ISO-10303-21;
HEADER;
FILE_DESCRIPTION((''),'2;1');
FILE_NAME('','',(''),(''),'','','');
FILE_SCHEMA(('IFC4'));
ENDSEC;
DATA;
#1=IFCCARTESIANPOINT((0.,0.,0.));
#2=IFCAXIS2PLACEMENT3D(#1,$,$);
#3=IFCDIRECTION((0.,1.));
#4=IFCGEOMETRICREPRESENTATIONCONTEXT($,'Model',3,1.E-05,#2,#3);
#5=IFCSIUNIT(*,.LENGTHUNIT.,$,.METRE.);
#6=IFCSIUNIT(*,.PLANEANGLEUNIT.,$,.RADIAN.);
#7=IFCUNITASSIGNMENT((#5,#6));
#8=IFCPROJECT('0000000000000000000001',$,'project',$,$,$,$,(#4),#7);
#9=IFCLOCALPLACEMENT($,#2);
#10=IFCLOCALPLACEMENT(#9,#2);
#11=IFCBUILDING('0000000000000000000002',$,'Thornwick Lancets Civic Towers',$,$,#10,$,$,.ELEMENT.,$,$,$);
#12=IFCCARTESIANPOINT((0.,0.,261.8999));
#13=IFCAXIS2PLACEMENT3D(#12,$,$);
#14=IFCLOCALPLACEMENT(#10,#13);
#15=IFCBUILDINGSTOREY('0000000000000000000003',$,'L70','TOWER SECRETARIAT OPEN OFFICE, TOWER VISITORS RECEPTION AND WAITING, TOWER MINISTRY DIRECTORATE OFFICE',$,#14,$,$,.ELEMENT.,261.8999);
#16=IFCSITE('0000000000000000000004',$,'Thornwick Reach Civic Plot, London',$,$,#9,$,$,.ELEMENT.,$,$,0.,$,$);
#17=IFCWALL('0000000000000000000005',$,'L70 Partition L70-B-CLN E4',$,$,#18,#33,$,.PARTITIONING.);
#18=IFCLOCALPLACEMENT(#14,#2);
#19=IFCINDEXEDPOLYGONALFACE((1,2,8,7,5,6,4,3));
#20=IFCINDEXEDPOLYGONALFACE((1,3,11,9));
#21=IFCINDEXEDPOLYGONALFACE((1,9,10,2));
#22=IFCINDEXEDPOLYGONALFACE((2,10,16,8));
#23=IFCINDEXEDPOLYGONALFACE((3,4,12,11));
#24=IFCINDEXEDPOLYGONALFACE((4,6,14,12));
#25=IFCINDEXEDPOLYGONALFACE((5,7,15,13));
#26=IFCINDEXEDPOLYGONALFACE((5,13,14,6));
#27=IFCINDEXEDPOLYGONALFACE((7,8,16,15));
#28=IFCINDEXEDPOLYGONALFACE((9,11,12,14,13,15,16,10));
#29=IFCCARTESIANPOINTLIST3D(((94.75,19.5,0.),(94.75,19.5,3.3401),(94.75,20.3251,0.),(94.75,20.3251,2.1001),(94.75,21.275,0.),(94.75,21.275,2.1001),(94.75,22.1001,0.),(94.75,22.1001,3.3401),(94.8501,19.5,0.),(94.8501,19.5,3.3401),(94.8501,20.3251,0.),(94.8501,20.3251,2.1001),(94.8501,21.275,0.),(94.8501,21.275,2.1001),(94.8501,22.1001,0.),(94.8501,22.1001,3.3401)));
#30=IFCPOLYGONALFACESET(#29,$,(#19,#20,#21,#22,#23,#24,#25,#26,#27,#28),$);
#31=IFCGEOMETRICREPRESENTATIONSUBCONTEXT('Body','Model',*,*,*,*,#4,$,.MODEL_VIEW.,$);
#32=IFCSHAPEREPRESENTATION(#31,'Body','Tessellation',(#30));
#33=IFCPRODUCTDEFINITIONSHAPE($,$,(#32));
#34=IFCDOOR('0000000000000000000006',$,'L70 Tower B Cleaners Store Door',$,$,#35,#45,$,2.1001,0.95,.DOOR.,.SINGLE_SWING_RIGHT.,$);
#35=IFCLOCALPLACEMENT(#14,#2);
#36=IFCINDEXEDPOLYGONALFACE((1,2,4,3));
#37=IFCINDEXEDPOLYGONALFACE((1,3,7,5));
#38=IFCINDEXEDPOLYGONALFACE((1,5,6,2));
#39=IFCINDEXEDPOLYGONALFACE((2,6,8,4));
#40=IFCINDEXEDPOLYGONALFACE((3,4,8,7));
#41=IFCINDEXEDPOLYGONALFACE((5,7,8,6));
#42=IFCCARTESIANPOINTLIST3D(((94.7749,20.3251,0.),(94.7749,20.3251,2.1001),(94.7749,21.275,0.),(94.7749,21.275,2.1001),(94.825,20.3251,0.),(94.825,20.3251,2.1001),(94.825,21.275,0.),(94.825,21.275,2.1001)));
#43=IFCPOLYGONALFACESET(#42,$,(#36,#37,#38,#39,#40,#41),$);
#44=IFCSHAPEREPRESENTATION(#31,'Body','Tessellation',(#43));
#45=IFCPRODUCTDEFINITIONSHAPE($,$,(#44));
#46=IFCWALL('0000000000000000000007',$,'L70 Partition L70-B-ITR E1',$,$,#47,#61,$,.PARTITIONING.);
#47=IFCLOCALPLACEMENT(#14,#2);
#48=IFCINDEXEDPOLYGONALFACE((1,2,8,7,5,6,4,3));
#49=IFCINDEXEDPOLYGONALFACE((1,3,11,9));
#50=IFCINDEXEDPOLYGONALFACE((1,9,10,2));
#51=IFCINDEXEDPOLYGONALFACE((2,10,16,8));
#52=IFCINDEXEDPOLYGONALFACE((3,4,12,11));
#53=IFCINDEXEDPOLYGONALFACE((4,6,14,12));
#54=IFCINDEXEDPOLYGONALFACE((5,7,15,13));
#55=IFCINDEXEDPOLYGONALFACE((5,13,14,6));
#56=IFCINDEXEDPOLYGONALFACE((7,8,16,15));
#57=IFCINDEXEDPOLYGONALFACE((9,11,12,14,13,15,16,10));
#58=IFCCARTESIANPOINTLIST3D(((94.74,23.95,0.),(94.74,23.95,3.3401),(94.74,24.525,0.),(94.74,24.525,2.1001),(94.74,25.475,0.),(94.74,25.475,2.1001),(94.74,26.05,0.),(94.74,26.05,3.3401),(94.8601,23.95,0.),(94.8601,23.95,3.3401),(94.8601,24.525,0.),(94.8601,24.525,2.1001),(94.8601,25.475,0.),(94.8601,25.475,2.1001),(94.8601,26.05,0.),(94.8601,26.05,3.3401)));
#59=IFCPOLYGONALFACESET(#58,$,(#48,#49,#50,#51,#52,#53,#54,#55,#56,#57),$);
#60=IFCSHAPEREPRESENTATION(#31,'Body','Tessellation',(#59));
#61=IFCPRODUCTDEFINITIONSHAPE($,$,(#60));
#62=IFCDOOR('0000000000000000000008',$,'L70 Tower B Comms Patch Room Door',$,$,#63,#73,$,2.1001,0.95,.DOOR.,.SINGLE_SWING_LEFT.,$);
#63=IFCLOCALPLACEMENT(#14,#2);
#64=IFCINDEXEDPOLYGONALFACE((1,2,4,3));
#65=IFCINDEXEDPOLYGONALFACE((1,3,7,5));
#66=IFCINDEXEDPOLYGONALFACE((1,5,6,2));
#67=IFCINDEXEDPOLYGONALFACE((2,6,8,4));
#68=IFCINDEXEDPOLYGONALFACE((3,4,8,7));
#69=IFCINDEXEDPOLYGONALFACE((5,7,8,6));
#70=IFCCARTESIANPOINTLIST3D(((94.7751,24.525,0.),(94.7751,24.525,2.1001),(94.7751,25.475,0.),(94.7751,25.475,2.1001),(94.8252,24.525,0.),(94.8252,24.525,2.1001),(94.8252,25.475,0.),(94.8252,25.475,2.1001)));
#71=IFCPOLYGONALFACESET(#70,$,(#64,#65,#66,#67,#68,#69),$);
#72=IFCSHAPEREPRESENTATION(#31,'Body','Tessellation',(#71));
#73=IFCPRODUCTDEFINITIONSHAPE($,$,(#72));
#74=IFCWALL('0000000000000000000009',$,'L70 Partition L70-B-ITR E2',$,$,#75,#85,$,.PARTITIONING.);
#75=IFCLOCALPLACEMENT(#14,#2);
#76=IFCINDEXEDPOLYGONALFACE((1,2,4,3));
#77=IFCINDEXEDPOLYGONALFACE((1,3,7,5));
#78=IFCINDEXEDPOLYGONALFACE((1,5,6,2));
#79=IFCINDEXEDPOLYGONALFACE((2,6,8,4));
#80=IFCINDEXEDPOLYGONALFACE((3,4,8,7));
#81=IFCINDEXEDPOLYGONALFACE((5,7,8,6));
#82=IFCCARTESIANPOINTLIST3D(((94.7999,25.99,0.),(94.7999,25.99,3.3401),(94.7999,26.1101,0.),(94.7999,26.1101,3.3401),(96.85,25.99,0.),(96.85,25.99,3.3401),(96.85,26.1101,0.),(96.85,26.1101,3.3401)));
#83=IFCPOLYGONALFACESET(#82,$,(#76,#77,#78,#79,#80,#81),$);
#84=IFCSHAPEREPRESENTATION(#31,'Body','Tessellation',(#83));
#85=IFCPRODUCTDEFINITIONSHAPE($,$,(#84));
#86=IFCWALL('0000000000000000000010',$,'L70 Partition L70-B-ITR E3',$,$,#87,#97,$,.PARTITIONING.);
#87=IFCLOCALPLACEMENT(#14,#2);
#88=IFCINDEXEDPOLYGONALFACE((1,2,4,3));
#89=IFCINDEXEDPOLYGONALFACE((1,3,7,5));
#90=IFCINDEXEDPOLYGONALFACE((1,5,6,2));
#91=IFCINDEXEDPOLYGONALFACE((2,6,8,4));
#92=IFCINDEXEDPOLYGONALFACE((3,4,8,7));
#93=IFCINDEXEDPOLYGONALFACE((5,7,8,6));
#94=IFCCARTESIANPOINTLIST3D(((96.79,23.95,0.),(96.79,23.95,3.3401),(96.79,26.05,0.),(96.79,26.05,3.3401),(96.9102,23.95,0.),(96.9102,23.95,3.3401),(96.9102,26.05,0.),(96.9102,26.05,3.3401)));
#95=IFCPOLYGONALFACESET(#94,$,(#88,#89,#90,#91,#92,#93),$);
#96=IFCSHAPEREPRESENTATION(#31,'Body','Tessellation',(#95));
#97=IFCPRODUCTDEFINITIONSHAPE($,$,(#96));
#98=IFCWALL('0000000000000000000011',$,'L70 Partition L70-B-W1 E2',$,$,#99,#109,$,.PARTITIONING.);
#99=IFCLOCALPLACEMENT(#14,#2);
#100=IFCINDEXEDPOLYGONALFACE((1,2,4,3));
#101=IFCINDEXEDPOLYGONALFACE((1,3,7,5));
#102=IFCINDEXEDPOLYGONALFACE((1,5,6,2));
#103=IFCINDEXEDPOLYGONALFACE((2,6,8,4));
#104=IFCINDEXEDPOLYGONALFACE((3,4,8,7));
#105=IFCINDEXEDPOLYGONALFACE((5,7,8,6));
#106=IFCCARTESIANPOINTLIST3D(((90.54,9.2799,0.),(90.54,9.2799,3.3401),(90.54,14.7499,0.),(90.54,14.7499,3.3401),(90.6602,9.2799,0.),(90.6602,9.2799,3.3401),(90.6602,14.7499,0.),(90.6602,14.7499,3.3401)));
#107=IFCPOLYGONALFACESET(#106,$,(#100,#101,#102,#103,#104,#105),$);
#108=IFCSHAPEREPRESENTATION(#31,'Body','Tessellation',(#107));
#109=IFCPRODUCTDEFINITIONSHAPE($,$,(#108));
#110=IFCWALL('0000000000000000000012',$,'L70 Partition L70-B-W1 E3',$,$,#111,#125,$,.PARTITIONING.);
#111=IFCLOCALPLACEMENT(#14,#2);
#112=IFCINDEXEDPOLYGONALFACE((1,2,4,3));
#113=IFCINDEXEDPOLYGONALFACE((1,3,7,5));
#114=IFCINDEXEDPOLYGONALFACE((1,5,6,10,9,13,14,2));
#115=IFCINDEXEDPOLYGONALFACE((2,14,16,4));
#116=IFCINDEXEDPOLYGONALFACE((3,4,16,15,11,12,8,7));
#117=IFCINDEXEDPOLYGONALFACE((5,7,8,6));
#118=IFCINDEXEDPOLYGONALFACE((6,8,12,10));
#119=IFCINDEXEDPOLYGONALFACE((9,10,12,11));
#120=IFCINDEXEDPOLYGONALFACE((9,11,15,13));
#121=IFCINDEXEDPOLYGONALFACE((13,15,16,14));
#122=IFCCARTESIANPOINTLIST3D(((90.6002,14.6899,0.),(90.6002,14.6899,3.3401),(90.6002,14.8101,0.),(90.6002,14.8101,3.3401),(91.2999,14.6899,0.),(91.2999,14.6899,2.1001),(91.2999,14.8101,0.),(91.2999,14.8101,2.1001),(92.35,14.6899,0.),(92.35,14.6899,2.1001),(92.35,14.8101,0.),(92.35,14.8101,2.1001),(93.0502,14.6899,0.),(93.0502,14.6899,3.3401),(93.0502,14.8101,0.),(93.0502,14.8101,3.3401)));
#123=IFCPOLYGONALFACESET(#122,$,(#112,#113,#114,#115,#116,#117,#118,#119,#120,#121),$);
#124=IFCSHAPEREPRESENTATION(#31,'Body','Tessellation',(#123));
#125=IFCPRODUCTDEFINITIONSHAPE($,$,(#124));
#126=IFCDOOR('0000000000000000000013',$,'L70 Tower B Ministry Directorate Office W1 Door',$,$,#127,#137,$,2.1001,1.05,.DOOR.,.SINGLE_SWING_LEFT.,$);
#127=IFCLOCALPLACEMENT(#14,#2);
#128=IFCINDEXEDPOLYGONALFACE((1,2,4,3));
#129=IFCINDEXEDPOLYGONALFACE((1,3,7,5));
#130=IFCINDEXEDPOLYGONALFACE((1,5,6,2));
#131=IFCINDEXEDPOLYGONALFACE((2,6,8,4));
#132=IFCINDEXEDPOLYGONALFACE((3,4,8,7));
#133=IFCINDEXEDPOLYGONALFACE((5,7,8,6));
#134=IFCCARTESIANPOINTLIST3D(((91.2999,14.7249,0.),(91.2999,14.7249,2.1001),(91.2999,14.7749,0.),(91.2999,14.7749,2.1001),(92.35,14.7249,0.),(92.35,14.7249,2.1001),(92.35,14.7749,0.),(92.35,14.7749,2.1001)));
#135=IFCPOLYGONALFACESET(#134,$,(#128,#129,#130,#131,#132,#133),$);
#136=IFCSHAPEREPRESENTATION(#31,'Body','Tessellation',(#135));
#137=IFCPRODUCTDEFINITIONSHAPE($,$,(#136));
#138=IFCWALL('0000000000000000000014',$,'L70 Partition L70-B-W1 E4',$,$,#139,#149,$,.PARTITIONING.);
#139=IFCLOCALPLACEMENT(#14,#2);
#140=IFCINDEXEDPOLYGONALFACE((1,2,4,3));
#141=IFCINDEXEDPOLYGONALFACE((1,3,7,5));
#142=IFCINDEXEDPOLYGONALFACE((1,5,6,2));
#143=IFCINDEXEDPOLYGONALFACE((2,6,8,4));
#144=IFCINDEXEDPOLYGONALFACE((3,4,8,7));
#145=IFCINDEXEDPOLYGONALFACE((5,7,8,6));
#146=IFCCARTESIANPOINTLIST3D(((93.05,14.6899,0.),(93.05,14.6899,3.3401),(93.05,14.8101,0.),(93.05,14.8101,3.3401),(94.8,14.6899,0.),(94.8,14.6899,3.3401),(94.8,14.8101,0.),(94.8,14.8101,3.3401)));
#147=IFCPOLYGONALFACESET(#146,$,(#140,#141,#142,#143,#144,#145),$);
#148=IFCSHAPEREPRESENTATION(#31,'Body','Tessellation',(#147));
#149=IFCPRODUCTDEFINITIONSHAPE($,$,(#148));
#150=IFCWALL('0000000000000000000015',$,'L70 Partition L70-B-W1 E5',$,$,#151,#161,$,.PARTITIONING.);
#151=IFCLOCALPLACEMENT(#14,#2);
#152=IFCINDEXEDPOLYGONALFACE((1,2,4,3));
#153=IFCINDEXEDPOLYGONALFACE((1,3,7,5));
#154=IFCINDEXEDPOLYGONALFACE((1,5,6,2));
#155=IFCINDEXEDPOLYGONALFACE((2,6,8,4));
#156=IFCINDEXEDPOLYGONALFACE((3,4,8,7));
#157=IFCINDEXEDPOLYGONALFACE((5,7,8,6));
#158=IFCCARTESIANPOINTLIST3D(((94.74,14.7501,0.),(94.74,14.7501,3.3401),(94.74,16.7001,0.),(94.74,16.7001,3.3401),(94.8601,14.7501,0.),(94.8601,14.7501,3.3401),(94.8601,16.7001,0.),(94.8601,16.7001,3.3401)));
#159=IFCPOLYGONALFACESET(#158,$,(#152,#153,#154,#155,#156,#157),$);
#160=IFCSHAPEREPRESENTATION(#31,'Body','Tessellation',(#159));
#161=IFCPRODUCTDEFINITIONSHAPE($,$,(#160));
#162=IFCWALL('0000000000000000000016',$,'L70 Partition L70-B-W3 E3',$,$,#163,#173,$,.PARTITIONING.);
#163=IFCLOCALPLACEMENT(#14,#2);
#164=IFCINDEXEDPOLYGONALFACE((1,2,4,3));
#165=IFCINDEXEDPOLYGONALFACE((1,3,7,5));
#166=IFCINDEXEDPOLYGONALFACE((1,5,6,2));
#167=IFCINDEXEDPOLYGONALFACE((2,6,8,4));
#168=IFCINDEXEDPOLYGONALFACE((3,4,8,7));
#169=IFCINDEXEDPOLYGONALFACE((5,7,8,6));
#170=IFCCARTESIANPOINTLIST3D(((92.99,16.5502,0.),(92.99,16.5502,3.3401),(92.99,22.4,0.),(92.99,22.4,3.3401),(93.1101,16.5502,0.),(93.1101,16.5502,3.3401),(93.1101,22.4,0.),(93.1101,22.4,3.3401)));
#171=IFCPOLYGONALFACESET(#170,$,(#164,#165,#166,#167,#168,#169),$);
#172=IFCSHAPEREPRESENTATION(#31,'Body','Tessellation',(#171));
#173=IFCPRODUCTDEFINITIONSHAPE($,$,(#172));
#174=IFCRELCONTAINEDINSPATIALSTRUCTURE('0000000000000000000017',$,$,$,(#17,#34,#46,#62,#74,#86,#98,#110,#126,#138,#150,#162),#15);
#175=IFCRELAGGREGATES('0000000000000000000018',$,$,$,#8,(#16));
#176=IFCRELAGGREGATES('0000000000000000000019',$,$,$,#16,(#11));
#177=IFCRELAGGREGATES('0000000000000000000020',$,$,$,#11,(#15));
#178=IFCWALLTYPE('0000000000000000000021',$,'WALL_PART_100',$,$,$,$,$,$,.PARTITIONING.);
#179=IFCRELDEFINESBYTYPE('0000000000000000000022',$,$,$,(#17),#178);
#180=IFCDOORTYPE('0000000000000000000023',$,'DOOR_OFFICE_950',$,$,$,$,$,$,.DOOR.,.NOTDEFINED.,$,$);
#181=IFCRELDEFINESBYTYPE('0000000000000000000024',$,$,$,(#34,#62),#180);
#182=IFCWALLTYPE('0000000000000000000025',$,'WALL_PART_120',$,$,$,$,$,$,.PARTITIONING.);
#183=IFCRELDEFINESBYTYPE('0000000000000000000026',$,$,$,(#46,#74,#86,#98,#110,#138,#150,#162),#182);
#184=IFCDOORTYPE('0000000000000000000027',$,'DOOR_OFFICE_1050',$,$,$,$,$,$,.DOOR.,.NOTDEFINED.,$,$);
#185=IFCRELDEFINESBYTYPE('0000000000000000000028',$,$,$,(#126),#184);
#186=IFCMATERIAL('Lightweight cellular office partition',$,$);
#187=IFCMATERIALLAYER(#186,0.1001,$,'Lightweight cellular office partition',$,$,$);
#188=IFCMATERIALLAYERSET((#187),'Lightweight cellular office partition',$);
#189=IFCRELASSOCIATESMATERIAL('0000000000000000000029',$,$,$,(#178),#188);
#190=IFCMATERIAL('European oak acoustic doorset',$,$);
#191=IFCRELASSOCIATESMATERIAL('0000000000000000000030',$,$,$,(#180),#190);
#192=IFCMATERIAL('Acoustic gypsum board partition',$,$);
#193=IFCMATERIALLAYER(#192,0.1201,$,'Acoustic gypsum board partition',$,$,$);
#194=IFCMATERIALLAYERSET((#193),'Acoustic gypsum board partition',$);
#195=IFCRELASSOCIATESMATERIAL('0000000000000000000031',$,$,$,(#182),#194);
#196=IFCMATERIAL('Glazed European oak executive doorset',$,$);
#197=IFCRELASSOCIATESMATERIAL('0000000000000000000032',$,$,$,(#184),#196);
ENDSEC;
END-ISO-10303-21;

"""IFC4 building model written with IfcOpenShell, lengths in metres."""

from ifc_helpers import new_model, si_unit, direction, frame, frame_2d, origin, place, context, subcontext, project, spatial, rectangle, extrude, material, layer, layer_set, type_object, element, fill, save


model = new_model("IFC4")

# Units and contexts
model_context = context("Model", 3, precision=1e-05, world=origin(), true_north=direction((0.0, 1.0)))
body_context = subcontext(model_context, "Body", "Model", "MODEL_VIEW")
ifc_project = project(units=[si_unit("LENGTHUNIT", "METRE"), si_unit("PLANEANGLEUNIT", "RADIAN")], contexts=[model_context])

# Site, building, storey
site_placement = place(None, origin())
site = spatial("IfcSite", under=ifc_project, at=site_placement, Name="Thornwick Reach Civic Plot, London", CompositionType="ELEMENT", RefElevation=0.0)
building_placement = place(site_placement, origin())
building = spatial("IfcBuilding", under=site, at=building_placement, Name="Thornwick Lancets Civic Towers", CompositionType="ELEMENT")
storey_placement = place(building_placement, frame((0.0, 0.0, 261.8999)))
storey = spatial("IfcBuildingStorey", under=building, at=storey_placement, Name="L70", Description="TOWER SECRETARIAT OPEN OFFICE, TOWER VISITORS RECEPTION AND WAITING, TOWER MINISTRY DIRECTORATE OFFICE", CompositionType="ELEMENT", Elevation=261.8999)

# Shared definitions
ifc_material_1 = material(Name="Lightweight cellular office partition")
ifc_layer_1 = layer(ifc_material_1, 0.1001, Name="Lightweight cellular office partition")
ifc_layer_set_1 = layer_set([ifc_layer_1], Name="Lightweight cellular office partition")
wall_type_1 = type_object("IfcWallType", Name="WALL_PART_100", PredefinedType="PARTITIONING", material=ifc_layer_set_1)

# Walls, openings, doors
wall_1_placement = place(storey_placement, frame((94.8, 22.1001, 0.0), z_axis=(0.0, 0.0, 1.0), x_axis=(0.0, -1.0, 0.0)))
wall_1 = element("IfcWall", 1, at=wall_1_placement, inside=storey, type_object=wall_type_1, Name="L70 Partition L70-B-CLN E4", PredefinedType="PARTITIONING", context=body_context, shape_type="SweptSolid", body=[
    extrude(rectangle(XDim=2.6001, YDim=0.1001, at=frame_2d((1.3, 0.0))), origin(), (0.0, 0.0, 1.0), 3.3401),
])
opening_1_placement = place(wall_1_placement, frame((0.825, 0.0, 0.0)))
opening_1 = element("IfcOpeningElement", 2, at=opening_1_placement, cuts=wall_1, PredefinedType="OPENING", context=body_context, shape_type="SweptSolid", body=[
    extrude(rectangle(XDim=0.95, YDim=2.1001, at=frame_2d((0.4751, 1.05))), frame((0.0, 0.0601, 0.0), z_axis=(0.0, -1.0, 0.0), x_axis=(1.0, 0.0, 0.0)), (0.0, 0.0, 1.0), 0.1201),
])
ifc_material_2 = material(Name="European oak acoustic doorset")
door_type_1 = type_object("IfcDoorType", Name="DOOR_OFFICE_950", OperationType="NOTDEFINED", PredefinedType="DOOR", material=ifc_material_2)
door_1_placement = place(opening_1_placement, origin())
door_1 = element("IfcDoor", 3, at=door_1_placement, inside=storey, type_object=door_type_1, Name="L70 Tower B Cleaners Store Door", OperationType="SINGLE_SWING_RIGHT", OverallHeight=2.1001, OverallWidth=0.95, PredefinedType="DOOR", context=body_context, shape_type="SweptSolid", body=[
    extrude(rectangle(XDim=0.95, YDim=2.1001, at=frame_2d((0.4751, 1.05))), frame((0.0, 0.0249, 0.0), z_axis=(0.0, -1.0, 0.0), x_axis=(1.0, 0.0, 0.0)), (0.0, 0.0, 1.0), 0.05),
])
fill(opening_1, door_1)
ifc_material_3 = material(Name="Acoustic gypsum board partition")
ifc_layer_2 = layer(ifc_material_3, 0.1201, Name="Acoustic gypsum board partition")
ifc_layer_set_2 = layer_set([ifc_layer_2], Name="Acoustic gypsum board partition")
wall_type_2 = type_object("IfcWallType", Name="WALL_PART_120", PredefinedType="PARTITIONING", material=ifc_layer_set_2)
wall_2_placement = place(storey_placement, frame((94.8, 23.95, 0.0), z_axis=(0.0, 0.0, 1.0), x_axis=(0.0, 1.0, 0.0)))
wall_2 = element("IfcWall", 4, at=wall_2_placement, inside=storey, type_object=wall_type_2, Name="L70 Partition L70-B-ITR E1", PredefinedType="PARTITIONING", context=body_context, shape_type="SweptSolid", body=[
    extrude(rectangle(XDim=2.1001, YDim=0.1201, at=frame_2d((1.05, 0.0))), origin(), (0.0, 0.0, 1.0), 3.3401),
])
opening_2_placement = place(wall_2_placement, frame((0.575, 0.0, 0.0)))
opening_2 = element("IfcOpeningElement", 5, at=opening_2_placement, cuts=wall_2, PredefinedType="OPENING", context=body_context, shape_type="SweptSolid", body=[
    extrude(rectangle(XDim=0.95, YDim=2.1001, at=frame_2d((0.4751, 1.05))), frame((0.0, 0.0701, 0.0), z_axis=(0.0, -1.0, 0.0), x_axis=(1.0, 0.0, 0.0)), (0.0, 0.0, 1.0), 0.1401),
])
door_2_placement = place(opening_2_placement, origin())
door_2 = element("IfcDoor", 6, at=door_2_placement, inside=storey, type_object=door_type_1, Name="L70 Tower B Comms Patch Room Door", OperationType="SINGLE_SWING_LEFT", OverallHeight=2.1001, OverallWidth=0.95, PredefinedType="DOOR", context=body_context, shape_type="SweptSolid", body=[
    extrude(rectangle(XDim=0.95, YDim=2.1001, at=frame_2d((0.4751, 1.05))), frame((0.0, 0.0249, 0.0), z_axis=(0.0, -1.0, 0.0), x_axis=(1.0, 0.0, 0.0)), (0.0, 0.0, 1.0), 0.05),
])
fill(opening_2, door_2)

# Walls
wall_3_placement = place(storey_placement, frame((94.8, 26.05, 0.0), z_axis=(0.0, 0.0, 1.0), x_axis=(1.0, 0.0, 0.0)))
element("IfcWall", 7, at=wall_3_placement, inside=storey, type_object=wall_type_2, Name="L70 Partition L70-B-ITR E2", PredefinedType="PARTITIONING", context=body_context, shape_type="SweptSolid", body=[
    extrude(rectangle(XDim=2.05, YDim=0.1201, at=frame_2d((1.0249, 0.0))), origin(), (0.0, 0.0, 1.0), 3.3401),
])
wall_4_placement = place(storey_placement, frame((96.8501, 26.05, 0.0), z_axis=(0.0, 0.0, 1.0), x_axis=(0.0, -1.0, 0.0)))
element("IfcWall", 8, at=wall_4_placement, inside=storey, type_object=wall_type_2, Name="L70 Partition L70-B-ITR E3", PredefinedType="PARTITIONING", context=body_context, shape_type="SweptSolid", body=[
    extrude(rectangle(XDim=2.1001, YDim=0.1201, at=frame_2d((1.05, 0.0))), origin(), (0.0, 0.0, 1.0), 3.3401),
])
wall_5_placement = place(storey_placement, frame((90.6001, 9.28, 0.0), z_axis=(0.0, 0.0, 1.0), x_axis=(0.0, 1.0, 0.0)))
element("IfcWall", 9, at=wall_5_placement, inside=storey, type_object=wall_type_2, Name="L70 Partition L70-B-W1 E2", PredefinedType="PARTITIONING", context=body_context, shape_type="SweptSolid", body=[
    extrude(rectangle(XDim=5.47, YDim=0.1201, at=frame_2d((2.7349, 0.0))), origin(), (0.0, 0.0, 1.0), 3.3401),
])

# Wall, opening, door
wall_6_placement = place(storey_placement, frame((90.6001, 14.75, 0.0), z_axis=(0.0, 0.0, 1.0), x_axis=(1.0, 0.0, 0.0)))
wall_6 = element("IfcWall", 10, at=wall_6_placement, inside=storey, type_object=wall_type_2, Name="L70 Partition L70-B-W1 E3", PredefinedType="PARTITIONING", context=body_context, shape_type="SweptSolid", body=[
    extrude(rectangle(XDim=2.45, YDim=0.1201, at=frame_2d((1.2251, 0.0))), origin(), (0.0, 0.0, 1.0), 3.3401),
])
opening_3_placement = place(wall_6_placement, frame((0.7, 0.0, 0.0)))
opening_3 = element("IfcOpeningElement", 11, at=opening_3_placement, cuts=wall_6, PredefinedType="OPENING", context=body_context, shape_type="SweptSolid", body=[
    extrude(rectangle(XDim=1.05, YDim=2.1001, at=frame_2d((0.5249, 1.05))), frame((0.0, 0.0701, 0.0), z_axis=(0.0, -1.0, 0.0), x_axis=(1.0, 0.0, 0.0)), (0.0, 0.0, 1.0), 0.1401),
])
ifc_material_4 = material(Name="Glazed European oak executive doorset")
door_type_2 = type_object("IfcDoorType", Name="DOOR_OFFICE_1050", OperationType="NOTDEFINED", PredefinedType="DOOR", material=ifc_material_4)
door_3_placement = place(opening_3_placement, origin())
door_3 = element("IfcDoor", 12, at=door_3_placement, inside=storey, type_object=door_type_2, Name="L70 Tower B Ministry Directorate Office W1 Door", OperationType="SINGLE_SWING_LEFT", OverallHeight=2.1001, OverallWidth=1.05, PredefinedType="DOOR", context=body_context, shape_type="SweptSolid", body=[
    extrude(rectangle(XDim=1.05, YDim=2.1001, at=frame_2d((0.5249, 1.05))), frame((0.0, 0.0249, 0.0), z_axis=(0.0, -1.0, 0.0), x_axis=(1.0, 0.0, 0.0)), (0.0, 0.0, 1.0), 0.05),
])
fill(opening_3, door_3)

# Walls
wall_7_placement = place(storey_placement, frame((93.05, 14.75, 0.0), z_axis=(0.0, 0.0, 1.0), x_axis=(1.0, 0.0, 0.0)))
element("IfcWall", 13, at=wall_7_placement, inside=storey, type_object=wall_type_2, Name="L70 Partition L70-B-W1 E4", PredefinedType="PARTITIONING", context=body_context, shape_type="SweptSolid", body=[
    extrude(rectangle(XDim=1.75, YDim=0.1201, at=frame_2d((0.875, 0.0))), origin(), (0.0, 0.0, 1.0), 3.3401),
])
wall_8_placement = place(storey_placement, frame((94.8, 14.75, 0.0), z_axis=(0.0, 0.0, 1.0), x_axis=(0.0, 1.0, 0.0)))
element("IfcWall", 14, at=wall_8_placement, inside=storey, type_object=wall_type_2, Name="L70 Partition L70-B-W1 E5", PredefinedType="PARTITIONING", context=body_context, shape_type="SweptSolid", body=[
    extrude(rectangle(XDim=1.95, YDim=0.1201, at=frame_2d((0.9751, 0.0))), origin(), (0.0, 0.0, 1.0), 3.3401),
])
wall_9_placement = place(storey_placement, frame((93.05, 22.3999, 0.0), z_axis=(0.0, 0.0, 1.0), x_axis=(0.0, -1.0, 0.0)))
element("IfcWall", 15, at=wall_9_placement, inside=storey, type_object=wall_type_2, Name="L70 Partition L70-B-W3 E3", PredefinedType="PARTITIONING", context=body_context, shape_type="SweptSolid", body=[
    extrude(rectangle(XDim=5.8499, YDim=0.1201, at=frame_2d((2.9248, 0.0))), origin(), (0.0, 0.0, 1.0), 3.3401),
])

save(model, "model.ifc")
